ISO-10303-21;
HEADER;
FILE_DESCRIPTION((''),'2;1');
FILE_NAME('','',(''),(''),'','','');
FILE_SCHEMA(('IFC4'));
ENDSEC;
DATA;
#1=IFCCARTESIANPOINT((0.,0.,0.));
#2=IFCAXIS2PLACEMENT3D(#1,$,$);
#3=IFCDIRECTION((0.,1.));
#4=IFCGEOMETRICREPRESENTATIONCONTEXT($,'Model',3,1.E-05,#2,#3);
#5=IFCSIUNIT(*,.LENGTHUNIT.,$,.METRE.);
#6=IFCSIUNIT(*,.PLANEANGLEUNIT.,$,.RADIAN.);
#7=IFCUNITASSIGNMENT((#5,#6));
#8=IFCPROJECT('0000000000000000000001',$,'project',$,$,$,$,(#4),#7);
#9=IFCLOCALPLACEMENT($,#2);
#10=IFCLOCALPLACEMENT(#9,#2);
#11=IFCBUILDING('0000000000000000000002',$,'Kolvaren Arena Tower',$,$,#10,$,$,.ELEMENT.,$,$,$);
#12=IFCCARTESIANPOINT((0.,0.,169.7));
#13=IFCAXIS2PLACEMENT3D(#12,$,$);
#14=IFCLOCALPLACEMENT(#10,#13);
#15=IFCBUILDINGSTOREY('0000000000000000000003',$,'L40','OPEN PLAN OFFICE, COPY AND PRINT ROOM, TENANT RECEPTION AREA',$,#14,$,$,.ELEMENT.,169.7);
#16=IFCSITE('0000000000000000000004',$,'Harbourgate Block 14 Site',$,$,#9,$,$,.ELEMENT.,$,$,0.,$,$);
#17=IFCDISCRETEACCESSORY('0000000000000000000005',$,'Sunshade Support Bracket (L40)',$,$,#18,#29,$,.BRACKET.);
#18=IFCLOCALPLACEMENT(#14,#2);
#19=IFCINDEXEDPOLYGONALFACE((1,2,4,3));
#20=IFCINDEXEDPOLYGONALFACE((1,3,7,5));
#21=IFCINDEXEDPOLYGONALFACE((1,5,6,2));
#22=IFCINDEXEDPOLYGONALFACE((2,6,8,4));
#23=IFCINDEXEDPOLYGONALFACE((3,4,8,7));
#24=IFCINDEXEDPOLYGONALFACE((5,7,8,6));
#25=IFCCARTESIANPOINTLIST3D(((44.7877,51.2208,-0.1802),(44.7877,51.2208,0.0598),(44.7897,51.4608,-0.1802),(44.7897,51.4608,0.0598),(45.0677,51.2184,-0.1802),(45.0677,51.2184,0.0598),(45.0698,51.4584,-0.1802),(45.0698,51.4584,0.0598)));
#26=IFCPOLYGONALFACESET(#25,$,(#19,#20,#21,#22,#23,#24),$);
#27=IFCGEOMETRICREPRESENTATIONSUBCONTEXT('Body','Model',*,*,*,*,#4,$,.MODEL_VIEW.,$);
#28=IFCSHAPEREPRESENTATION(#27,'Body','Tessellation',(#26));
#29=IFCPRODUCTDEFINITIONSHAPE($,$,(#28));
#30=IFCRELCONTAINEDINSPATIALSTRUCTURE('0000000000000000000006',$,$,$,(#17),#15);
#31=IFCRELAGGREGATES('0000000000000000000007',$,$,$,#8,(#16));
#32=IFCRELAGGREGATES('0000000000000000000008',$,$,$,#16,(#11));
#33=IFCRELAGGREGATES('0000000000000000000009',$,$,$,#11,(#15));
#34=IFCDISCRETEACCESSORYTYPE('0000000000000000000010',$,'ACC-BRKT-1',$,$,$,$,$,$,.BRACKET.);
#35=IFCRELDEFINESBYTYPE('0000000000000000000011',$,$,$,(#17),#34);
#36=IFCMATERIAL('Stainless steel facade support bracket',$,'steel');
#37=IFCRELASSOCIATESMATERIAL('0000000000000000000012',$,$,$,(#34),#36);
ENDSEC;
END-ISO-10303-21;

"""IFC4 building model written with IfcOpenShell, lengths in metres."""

from ifc_helpers import new_model, si_unit, direction, frame, origin, origin_2d, place, context, subcontext, project, spatial, rectangle, extrude, material, type_object, element, save


model = new_model("IFC4")

# Units and contexts
model_context = context("Model", 3, precision=1e-05, world=origin(), true_north=direction((0.0, 1.0)))
body_context = subcontext(model_context, "Body", "Model", "MODEL_VIEW")
ifc_project = project(units=[si_unit("LENGTHUNIT", "METRE"), si_unit("PLANEANGLEUNIT", "RADIAN")], contexts=[model_context])

# Site, building, storey
site_placement = place(None, origin())
site = spatial("IfcSite", under=ifc_project, at=site_placement, Name="Harbourgate Block 14 Site", CompositionType="ELEMENT", RefElevation=0.0)
building_placement = place(site_placement, origin())
building = spatial("IfcBuilding", under=site, at=building_placement, Name="Kolvaren Arena Tower", CompositionType="ELEMENT")
storey_placement = place(building_placement, frame((0.0, 0.0, 169.7)))
storey = spatial("IfcBuildingStorey", under=building, at=storey_placement, Name="L40", Description="OPEN PLAN OFFICE, COPY AND PRINT ROOM, TENANT RECEPTION AREA", CompositionType="ELEMENT", Elevation=169.7)

# Discrete accessory
ifc_material_1 = material(Name="Stainless steel facade support bracket", Category="steel")
discrete_accessory_type = type_object("IfcDiscreteAccessoryType", Name="ACC-BRKT-1", PredefinedType="BRACKET", material=ifc_material_1)
for number, where, z_axis, x_axis, name in (
    (1, (44.9287, 51.3396, -0.1802), (0.0, 0.0, 1.0), (0.999962, -0.008727, 0.0), "Sunshade Support Bracket (L40)"),
):
    element("IfcDiscreteAccessory", number, at=place(storey_placement, frame(where, z_axis=z_axis, x_axis=x_axis)), inside=storey, type_object=discrete_accessory_type, Name=name, PredefinedType="BRACKET", context=body_context, shape_type="SweptSolid", body=[
        extrude(rectangle(XDim=0.28, YDim=0.24, at=origin_2d()), origin(), (0.0, 0.0, 1.0), 0.24),
    ])

save(model, "model.ifc")
